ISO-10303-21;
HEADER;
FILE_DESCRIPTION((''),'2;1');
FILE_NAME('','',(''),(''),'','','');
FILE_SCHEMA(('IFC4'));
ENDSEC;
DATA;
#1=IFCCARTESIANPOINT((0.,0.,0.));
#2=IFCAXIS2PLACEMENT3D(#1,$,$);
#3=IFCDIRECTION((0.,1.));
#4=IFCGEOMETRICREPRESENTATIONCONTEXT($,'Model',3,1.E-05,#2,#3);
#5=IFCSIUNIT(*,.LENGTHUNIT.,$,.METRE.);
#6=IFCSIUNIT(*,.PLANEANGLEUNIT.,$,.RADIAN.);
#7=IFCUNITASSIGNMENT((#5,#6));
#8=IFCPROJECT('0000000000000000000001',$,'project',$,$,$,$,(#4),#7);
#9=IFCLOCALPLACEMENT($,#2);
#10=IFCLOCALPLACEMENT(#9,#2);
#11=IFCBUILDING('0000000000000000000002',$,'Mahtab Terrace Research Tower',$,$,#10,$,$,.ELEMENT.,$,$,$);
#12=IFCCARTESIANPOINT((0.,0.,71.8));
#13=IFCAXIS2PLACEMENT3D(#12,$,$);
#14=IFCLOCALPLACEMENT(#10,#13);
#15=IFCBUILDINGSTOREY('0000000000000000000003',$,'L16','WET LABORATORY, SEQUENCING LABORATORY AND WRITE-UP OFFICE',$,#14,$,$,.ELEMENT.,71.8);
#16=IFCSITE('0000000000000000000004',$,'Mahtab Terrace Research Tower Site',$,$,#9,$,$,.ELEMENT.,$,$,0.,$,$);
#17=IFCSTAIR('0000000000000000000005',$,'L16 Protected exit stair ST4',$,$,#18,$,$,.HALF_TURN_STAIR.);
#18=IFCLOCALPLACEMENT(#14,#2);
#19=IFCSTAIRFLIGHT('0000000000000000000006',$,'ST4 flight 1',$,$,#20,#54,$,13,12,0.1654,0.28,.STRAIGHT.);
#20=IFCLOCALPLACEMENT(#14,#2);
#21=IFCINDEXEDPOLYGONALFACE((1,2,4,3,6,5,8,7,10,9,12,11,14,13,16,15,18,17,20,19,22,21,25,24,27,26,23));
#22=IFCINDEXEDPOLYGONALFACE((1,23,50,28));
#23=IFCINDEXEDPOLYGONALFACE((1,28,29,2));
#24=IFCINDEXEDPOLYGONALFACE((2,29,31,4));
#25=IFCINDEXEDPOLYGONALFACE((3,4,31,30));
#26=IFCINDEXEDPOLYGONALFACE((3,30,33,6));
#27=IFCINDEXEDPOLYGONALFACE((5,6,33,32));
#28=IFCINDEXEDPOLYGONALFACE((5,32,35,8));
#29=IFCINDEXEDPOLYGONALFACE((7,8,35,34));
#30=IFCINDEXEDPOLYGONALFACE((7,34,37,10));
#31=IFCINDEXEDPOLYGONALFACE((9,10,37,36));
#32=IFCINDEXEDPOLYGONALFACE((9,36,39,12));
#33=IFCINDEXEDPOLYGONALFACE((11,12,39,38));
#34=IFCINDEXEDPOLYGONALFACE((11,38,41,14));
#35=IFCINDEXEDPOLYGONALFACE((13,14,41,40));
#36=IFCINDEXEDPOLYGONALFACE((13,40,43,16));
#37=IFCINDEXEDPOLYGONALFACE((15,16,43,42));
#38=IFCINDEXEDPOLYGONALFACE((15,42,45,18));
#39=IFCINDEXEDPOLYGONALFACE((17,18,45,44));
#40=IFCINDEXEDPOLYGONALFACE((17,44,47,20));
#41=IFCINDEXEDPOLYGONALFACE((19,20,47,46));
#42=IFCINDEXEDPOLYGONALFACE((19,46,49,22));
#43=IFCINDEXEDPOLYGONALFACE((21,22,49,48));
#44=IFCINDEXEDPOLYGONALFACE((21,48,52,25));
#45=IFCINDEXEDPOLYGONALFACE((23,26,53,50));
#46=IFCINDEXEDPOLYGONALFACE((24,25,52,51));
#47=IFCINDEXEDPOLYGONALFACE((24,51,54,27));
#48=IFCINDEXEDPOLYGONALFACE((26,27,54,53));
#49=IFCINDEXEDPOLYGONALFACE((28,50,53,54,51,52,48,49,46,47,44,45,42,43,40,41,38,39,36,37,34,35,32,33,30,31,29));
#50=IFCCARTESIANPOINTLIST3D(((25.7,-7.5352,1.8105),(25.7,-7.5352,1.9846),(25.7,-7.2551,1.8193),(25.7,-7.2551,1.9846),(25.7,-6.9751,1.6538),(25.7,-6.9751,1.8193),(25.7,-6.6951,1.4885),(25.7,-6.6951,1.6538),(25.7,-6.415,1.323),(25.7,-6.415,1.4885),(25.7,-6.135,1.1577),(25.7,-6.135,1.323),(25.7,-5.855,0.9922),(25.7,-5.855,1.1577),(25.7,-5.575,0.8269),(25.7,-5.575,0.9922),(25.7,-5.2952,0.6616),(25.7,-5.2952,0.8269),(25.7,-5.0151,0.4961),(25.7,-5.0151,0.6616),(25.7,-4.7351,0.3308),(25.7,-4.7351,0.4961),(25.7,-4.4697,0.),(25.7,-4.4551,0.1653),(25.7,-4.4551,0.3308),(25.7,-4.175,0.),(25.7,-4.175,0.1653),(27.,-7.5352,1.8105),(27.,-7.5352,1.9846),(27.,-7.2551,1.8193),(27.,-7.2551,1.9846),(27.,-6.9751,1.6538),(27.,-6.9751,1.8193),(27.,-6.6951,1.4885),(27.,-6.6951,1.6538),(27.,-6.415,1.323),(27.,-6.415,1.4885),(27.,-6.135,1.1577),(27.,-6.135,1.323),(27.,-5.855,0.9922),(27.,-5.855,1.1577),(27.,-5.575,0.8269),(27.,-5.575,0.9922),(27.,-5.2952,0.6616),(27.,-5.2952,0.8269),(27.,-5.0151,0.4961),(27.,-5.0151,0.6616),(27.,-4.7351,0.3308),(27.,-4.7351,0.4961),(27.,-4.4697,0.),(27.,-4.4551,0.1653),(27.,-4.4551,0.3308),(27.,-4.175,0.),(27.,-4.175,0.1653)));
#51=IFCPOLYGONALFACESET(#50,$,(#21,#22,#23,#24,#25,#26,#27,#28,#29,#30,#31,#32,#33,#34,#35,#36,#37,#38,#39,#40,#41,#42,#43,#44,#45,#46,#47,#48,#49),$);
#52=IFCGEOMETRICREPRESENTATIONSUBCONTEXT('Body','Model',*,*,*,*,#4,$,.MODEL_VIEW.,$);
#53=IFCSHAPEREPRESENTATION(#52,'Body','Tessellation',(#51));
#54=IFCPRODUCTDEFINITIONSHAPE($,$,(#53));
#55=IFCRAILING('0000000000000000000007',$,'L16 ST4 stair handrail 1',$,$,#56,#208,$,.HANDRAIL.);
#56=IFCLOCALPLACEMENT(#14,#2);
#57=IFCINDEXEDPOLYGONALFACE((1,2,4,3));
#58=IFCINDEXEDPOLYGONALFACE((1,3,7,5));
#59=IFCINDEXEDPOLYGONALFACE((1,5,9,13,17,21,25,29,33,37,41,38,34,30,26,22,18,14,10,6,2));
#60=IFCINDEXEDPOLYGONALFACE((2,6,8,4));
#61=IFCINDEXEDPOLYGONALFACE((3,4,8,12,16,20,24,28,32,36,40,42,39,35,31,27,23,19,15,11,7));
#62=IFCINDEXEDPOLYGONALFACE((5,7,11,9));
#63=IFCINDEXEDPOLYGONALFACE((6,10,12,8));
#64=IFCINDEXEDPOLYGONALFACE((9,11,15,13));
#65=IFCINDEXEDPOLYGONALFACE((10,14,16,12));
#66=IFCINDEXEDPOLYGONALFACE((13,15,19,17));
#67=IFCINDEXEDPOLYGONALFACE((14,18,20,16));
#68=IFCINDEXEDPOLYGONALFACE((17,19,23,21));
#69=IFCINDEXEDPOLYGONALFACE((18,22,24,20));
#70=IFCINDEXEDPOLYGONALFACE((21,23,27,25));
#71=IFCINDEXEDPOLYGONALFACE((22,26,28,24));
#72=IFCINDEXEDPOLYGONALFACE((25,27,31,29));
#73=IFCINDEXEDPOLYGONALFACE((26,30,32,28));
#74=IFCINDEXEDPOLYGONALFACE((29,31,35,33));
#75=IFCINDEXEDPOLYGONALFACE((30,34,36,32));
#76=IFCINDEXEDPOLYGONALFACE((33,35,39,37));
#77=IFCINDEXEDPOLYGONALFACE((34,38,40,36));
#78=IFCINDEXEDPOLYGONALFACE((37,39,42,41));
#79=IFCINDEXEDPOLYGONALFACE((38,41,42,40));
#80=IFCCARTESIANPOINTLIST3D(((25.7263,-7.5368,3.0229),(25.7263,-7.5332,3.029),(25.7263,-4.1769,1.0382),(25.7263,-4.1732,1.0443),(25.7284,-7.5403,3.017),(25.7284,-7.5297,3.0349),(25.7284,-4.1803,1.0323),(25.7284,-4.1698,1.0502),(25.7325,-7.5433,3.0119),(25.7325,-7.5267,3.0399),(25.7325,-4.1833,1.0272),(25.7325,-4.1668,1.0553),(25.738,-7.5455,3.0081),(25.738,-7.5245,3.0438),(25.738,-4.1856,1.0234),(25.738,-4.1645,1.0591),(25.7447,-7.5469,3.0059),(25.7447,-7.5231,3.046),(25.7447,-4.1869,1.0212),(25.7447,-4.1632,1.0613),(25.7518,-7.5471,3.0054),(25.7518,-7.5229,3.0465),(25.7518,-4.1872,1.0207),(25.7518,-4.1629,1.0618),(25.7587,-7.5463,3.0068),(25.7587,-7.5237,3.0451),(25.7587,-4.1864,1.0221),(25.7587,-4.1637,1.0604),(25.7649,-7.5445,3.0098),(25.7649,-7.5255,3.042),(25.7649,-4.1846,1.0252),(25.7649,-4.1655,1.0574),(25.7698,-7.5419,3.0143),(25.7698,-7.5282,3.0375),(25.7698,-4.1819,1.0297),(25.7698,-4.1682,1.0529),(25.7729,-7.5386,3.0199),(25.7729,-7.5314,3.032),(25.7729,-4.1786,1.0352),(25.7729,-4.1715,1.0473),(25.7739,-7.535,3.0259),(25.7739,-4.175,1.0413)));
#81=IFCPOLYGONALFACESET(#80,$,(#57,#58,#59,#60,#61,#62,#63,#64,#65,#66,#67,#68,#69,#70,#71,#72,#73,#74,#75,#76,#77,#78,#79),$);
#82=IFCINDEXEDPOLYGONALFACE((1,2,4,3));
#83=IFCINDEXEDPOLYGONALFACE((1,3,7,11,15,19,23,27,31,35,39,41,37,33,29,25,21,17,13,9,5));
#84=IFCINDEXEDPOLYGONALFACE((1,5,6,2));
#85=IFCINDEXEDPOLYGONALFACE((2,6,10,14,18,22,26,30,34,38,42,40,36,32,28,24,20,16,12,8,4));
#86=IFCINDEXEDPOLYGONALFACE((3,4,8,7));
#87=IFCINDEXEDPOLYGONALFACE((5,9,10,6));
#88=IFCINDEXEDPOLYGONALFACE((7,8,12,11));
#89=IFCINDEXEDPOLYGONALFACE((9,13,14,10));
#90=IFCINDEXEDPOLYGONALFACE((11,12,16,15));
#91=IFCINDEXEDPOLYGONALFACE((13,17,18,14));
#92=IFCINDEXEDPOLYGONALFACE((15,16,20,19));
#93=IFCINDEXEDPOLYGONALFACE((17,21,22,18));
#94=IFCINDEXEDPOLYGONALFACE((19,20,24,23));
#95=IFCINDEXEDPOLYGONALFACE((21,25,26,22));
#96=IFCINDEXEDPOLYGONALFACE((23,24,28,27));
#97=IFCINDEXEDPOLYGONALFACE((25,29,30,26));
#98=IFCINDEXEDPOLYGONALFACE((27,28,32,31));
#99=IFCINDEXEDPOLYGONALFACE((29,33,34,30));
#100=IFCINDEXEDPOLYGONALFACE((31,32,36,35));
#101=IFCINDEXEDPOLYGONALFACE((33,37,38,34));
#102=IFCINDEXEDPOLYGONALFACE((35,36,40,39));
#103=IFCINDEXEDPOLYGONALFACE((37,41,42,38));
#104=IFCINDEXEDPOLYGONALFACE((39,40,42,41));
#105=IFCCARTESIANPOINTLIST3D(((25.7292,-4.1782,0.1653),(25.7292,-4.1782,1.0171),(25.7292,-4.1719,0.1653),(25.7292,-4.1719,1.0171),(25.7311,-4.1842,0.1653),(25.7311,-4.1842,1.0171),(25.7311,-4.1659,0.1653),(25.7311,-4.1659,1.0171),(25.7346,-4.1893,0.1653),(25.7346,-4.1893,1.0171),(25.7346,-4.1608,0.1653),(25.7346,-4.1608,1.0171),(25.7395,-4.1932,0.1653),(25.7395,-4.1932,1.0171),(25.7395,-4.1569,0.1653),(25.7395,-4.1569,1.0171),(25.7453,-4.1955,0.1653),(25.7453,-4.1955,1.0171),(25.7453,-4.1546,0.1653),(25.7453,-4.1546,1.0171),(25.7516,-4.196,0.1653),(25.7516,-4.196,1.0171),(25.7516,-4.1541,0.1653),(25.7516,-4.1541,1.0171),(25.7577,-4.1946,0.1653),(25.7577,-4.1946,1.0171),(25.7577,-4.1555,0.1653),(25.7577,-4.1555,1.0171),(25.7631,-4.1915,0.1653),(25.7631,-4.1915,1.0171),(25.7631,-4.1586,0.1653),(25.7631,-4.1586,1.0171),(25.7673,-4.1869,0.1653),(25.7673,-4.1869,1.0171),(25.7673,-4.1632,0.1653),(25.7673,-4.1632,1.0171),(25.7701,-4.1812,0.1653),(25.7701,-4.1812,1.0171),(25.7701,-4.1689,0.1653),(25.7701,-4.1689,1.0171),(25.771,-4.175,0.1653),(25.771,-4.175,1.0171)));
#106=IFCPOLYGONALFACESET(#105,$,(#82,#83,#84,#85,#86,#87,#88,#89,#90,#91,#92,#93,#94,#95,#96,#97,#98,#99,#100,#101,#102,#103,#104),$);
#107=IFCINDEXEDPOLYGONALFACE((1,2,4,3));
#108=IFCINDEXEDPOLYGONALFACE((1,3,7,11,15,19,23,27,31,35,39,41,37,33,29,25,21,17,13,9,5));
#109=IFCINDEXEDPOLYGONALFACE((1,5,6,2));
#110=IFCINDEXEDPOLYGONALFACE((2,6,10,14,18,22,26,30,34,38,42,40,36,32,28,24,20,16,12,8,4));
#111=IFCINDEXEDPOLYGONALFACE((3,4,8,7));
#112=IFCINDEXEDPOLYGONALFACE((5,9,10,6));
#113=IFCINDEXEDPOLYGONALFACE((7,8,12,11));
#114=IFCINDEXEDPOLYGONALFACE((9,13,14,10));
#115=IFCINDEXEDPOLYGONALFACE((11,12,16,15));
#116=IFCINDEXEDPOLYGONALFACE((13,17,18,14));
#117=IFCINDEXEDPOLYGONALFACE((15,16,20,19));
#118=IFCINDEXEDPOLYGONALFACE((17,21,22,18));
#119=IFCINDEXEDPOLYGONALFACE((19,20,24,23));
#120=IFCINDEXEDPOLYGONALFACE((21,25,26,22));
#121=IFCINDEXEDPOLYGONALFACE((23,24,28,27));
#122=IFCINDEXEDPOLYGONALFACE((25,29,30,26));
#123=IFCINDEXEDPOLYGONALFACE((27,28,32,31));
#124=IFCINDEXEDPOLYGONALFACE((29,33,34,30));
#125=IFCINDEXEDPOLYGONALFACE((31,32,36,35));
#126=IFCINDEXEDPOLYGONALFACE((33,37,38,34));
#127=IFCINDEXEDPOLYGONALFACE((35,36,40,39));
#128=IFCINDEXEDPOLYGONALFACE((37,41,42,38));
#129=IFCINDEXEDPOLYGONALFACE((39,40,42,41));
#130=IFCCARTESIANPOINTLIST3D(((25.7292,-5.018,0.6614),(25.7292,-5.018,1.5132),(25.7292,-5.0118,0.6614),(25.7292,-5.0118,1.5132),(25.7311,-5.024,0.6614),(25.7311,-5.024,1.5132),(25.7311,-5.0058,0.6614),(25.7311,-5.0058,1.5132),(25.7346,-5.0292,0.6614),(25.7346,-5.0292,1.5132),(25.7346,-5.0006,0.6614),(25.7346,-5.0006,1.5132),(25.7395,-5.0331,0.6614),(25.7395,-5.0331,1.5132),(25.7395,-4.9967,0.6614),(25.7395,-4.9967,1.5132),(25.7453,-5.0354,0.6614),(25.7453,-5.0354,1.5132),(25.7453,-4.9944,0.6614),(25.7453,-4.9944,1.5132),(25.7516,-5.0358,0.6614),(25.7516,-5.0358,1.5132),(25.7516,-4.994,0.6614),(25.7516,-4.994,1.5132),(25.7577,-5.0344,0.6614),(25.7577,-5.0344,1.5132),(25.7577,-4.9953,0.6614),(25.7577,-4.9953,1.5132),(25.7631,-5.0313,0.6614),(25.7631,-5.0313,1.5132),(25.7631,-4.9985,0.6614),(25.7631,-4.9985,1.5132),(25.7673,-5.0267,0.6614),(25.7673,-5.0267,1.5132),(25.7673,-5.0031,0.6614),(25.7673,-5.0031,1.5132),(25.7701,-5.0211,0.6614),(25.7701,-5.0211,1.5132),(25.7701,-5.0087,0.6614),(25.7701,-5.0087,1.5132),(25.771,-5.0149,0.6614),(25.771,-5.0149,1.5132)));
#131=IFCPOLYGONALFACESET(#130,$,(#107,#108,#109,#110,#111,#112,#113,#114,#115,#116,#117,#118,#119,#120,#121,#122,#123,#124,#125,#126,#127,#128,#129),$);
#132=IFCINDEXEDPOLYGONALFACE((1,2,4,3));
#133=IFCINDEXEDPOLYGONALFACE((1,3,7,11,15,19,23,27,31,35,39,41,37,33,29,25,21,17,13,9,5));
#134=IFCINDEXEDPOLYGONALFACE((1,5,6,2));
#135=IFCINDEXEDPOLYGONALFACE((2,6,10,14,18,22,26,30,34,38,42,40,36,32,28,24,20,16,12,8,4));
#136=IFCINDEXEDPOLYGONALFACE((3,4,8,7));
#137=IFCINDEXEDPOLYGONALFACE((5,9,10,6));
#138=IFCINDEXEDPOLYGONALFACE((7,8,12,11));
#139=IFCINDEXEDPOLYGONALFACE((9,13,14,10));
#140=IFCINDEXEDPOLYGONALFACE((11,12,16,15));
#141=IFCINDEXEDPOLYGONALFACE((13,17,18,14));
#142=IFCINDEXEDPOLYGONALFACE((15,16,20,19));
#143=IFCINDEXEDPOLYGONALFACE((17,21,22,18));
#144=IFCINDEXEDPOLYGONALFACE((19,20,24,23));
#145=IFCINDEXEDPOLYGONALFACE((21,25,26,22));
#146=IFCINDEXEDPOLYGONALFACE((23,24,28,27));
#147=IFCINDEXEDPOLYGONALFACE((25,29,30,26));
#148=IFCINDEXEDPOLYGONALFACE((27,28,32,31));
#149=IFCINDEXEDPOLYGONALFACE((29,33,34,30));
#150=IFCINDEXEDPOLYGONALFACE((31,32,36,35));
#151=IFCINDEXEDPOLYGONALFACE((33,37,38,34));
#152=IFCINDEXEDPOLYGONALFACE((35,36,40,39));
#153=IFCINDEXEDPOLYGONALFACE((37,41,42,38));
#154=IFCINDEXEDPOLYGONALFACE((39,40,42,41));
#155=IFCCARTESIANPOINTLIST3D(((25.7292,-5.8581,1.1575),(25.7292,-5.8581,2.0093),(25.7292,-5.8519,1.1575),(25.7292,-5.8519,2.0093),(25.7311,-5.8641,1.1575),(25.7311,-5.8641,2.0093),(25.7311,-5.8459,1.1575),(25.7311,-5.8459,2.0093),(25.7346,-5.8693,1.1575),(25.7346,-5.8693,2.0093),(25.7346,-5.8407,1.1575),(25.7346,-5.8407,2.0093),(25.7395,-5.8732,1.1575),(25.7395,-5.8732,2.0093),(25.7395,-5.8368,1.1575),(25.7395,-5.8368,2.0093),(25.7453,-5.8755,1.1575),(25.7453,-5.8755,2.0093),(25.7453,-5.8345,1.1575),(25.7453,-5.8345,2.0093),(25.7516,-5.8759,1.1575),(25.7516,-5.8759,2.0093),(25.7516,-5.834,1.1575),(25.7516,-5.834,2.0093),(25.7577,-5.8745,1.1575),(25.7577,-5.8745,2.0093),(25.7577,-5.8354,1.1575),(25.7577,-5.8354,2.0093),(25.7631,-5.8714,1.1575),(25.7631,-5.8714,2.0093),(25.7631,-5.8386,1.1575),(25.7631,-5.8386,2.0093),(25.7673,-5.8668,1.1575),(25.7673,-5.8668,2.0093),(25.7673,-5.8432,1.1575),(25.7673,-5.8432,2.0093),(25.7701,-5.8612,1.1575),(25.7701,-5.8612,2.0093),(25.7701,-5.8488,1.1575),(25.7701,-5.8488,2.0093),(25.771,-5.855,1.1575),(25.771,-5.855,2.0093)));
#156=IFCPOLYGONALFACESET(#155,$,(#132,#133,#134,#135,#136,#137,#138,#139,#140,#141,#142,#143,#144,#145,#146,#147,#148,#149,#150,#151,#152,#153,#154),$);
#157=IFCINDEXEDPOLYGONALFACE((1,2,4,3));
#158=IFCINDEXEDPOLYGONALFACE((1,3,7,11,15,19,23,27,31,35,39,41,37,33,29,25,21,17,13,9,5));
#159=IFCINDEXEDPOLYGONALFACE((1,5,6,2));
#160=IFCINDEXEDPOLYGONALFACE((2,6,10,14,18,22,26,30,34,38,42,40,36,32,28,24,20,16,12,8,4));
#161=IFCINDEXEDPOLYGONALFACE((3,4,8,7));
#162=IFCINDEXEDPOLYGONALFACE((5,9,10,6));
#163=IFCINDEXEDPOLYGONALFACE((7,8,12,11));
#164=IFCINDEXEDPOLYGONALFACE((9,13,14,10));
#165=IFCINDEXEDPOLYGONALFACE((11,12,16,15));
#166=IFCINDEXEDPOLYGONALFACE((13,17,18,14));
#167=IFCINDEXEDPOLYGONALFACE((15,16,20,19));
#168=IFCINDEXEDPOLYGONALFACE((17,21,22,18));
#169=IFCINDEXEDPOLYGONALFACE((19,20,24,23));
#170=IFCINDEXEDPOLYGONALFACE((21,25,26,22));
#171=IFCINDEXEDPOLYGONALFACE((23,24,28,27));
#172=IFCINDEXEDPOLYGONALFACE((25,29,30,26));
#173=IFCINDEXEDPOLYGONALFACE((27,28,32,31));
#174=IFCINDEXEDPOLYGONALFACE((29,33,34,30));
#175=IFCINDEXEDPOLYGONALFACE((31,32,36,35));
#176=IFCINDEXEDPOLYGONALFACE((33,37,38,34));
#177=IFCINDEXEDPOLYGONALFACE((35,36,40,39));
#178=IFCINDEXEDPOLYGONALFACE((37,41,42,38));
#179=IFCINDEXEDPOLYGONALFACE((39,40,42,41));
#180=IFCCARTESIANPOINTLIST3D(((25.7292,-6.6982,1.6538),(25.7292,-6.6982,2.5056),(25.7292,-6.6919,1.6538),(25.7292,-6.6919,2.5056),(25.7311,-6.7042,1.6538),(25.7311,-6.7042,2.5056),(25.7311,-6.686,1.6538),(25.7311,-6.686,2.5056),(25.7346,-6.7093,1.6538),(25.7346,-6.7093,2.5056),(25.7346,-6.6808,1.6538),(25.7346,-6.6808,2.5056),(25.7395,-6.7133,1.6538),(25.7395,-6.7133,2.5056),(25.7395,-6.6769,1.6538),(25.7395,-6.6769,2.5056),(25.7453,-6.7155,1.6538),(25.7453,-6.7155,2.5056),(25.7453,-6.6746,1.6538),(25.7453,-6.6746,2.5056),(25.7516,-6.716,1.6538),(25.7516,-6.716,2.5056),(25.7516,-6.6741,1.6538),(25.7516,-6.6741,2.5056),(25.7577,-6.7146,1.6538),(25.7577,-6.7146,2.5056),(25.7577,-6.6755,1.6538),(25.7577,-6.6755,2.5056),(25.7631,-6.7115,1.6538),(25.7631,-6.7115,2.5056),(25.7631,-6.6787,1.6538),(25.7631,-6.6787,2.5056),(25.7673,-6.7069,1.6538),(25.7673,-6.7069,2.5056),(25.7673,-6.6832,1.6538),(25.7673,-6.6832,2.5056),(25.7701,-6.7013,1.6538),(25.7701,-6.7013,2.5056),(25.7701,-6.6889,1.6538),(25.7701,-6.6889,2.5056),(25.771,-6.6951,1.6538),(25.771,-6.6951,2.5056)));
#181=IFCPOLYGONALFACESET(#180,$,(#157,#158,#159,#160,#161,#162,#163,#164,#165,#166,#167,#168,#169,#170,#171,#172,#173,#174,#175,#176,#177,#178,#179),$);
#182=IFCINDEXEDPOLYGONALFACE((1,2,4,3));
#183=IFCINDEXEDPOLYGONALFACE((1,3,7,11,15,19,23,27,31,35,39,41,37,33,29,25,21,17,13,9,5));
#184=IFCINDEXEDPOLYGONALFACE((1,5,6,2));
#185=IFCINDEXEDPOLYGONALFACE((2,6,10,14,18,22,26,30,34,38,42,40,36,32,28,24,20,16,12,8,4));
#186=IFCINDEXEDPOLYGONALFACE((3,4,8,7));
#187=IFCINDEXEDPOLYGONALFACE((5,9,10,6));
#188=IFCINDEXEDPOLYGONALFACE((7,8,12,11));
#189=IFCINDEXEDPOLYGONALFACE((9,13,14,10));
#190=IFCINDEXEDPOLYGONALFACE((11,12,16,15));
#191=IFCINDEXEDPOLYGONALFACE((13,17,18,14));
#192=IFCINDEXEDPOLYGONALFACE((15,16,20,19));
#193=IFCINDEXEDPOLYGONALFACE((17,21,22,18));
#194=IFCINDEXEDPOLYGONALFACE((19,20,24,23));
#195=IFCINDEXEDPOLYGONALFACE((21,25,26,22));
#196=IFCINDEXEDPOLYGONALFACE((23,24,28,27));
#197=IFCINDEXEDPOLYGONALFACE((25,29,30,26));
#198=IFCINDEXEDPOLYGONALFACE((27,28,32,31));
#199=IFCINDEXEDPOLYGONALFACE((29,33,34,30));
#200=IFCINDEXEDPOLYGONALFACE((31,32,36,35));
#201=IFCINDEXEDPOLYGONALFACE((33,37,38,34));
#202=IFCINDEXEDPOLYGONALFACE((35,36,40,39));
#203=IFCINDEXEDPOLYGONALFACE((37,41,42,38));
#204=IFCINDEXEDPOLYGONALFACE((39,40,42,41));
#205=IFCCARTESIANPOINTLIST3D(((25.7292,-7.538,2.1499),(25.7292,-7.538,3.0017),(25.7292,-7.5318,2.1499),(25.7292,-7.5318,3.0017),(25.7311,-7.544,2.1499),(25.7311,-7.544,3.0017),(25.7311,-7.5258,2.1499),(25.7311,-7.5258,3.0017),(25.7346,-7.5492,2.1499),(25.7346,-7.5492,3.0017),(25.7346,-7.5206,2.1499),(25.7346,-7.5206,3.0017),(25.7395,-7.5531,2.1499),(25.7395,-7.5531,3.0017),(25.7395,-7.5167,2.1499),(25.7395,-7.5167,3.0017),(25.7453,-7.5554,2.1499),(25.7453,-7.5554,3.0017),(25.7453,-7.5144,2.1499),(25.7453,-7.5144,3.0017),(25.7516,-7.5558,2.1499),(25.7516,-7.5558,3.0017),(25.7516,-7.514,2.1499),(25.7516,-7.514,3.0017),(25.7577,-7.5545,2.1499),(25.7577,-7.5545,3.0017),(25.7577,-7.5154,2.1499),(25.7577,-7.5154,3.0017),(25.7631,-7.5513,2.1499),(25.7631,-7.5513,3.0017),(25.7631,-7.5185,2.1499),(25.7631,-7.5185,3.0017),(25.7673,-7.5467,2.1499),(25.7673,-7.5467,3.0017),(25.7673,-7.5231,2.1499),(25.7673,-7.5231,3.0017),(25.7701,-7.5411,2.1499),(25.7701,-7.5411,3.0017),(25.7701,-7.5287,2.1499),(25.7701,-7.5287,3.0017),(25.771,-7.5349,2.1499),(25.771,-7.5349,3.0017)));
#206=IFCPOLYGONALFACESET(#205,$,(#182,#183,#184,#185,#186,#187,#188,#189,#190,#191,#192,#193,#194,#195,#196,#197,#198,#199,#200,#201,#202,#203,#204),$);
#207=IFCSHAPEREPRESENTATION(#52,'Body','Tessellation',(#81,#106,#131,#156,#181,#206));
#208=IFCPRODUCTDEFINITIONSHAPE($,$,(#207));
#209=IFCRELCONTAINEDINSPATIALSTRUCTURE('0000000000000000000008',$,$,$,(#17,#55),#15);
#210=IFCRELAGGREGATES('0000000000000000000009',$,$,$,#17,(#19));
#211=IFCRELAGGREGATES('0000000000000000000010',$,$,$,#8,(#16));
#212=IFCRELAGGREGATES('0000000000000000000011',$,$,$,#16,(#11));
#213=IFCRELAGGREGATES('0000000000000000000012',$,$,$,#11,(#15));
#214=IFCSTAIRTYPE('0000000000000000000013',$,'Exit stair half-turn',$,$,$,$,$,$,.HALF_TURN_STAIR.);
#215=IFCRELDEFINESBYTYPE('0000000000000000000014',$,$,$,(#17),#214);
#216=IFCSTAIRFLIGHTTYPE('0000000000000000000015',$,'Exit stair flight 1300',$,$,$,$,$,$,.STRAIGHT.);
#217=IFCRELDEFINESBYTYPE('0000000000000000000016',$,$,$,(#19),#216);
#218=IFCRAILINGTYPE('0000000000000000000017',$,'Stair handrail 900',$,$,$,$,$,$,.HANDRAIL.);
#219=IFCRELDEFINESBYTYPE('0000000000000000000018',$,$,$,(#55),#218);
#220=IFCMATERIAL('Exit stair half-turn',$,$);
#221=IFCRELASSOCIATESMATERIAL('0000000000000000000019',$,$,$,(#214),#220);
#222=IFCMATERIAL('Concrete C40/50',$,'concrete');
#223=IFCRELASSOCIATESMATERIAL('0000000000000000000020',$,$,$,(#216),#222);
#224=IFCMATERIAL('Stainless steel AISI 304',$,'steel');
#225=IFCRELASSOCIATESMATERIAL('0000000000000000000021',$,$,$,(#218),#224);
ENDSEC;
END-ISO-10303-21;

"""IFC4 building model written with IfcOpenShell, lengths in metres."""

from ifc_helpers import new_model, si_unit, direction, frame, origin, origin_2d, place, context, subcontext, project, spatial, polyline, circle, outline, extrude, material, type_object, element, aggregate, save


model = new_model("IFC4")

# Units and contexts
model_context = context("Model", 3, precision=1e-05, world=origin(), true_north=direction((0.0, 1.0)))
body_context = subcontext(model_context, "Body", "Model", "MODEL_VIEW")
ifc_project = project(units=[si_unit("LENGTHUNIT", "METRE"), si_unit("PLANEANGLEUNIT", "RADIAN")], contexts=[model_context])

# Site, building, storey
site_placement = place(None, origin())
site = spatial("IfcSite", under=ifc_project, at=site_placement, Name="Mahtab Terrace Research Tower Site", CompositionType="ELEMENT", RefElevation=0.0)
building_placement = place(site_placement, origin())
building = spatial("IfcBuilding", under=site, at=building_placement, Name="Mahtab Terrace Research Tower", CompositionType="ELEMENT")
storey_placement = place(building_placement, frame((0.0, 0.0, 71.8)))
storey = spatial("IfcBuildingStorey", under=building, at=storey_placement, Name="L16", Description="WET LABORATORY, SEQUENCING LABORATORY AND WRITE-UP OFFICE", CompositionType="ELEMENT", Elevation=71.8)

# Shared definitions
ifc_material_1 = material(Name="Stainless steel AISI 304", Category="steel")

# Stair, stair flight
ifc_material_2 = material(Name="Exit stair half-turn")
stair_type = type_object("IfcStairType", Name="Exit stair half-turn", PredefinedType="HALF_TURN_STAIR", material=ifc_material_2)
stair_placement = place(storey_placement, origin())
stair = element("IfcStair", 1, at=stair_placement, inside=storey, type_object=stair_type, Name="L16 Protected exit stair ST4", PredefinedType="HALF_TURN_STAIR")
ifc_material_3 = material(Name="Concrete C40/50", Category="concrete")
stair_flight_type = type_object("IfcStairFlightType", Name="Exit stair flight 1300", PredefinedType="STRAIGHT", material=ifc_material_3)
stair_flight_placement = place(storey_placement, frame((26.3501, -4.175, 0.0), z_axis=(0.0, 0.0, 1.0), x_axis=(0.0, -1.0, 0.0)))
stair_flight = element("IfcStairFlight", 2, at=stair_flight_placement, type_object=stair_flight_type, Name="ST4 flight 1", NumberOfRisers=13, NumberOfTreads=12, PredefinedType="STRAIGHT", RiserHeight=0.1654, TreadLength=0.28, context=body_context, shape_type="SweptSolid", body=[
    extrude(outline(polyline([(0.0, 0.0), (0.0, 0.1653), (0.28, 0.1653), (0.28, 0.3308), (0.5601, 0.3308), (0.5601, 0.4961), (0.8401, 0.4961), (0.8401, 0.6616), (1.1201, 0.6616), (1.1201, 0.8269), (1.3999, 0.8269), (1.3999, 0.9922), (1.6799, 0.9922), (1.6799, 1.1577), (1.96, 1.1577), (1.96, 1.323), (2.24, 1.323), (2.24, 1.4885), (2.52, 1.4885), (2.52, 1.6538), (2.8, 1.6538), (2.8, 1.8193), (3.0801, 1.8193), (3.0801, 1.9846), (3.3601, 1.9846), (3.3601, 2.1499), (3.3601, 1.8105), (0.2947, 0.0), (0.0, 0.0)])), frame((0.0, 0.6499, 0.0), z_axis=(0.0, -1.0, 0.0), x_axis=(1.0, 0.0, 0.0)), (0.0, 0.0, 1.0), 1.3),
])
aggregate(stair, [stair_flight])

# Railing
railing_type = type_object("IfcRailingType", Name="Stair handrail 900", PredefinedType="HANDRAIL", material=ifc_material_1)
railing_placement = place(storey_placement, frame((25.75, -4.175, 0.1653)))
element("IfcRailing", 3, at=railing_placement, inside=storey, type_object=railing_type, Name="L16 ST4 stair handrail 1", PredefinedType="HANDRAIL", context=body_context, shape_type="SweptSolid", body=[
    extrude(circle(Radius=0.0239, at=origin_2d()), frame((0.0, 0.0, 0.876), z_axis=(0.0, -0.861011, 0.508586), x_axis=(1.0, 0.0, 0.0)), (0.0, 0.0, 1.0), 3.9023),
    extrude(circle(Radius=0.021, at=origin_2d()), origin(), (0.0, 0.0, 1.0), 0.8518),
    extrude(circle(Radius=0.021, at=origin_2d()), frame((0.0, -0.8398, 0.4961)), (0.0, 0.0, 1.0), 0.8518),
    extrude(circle(Radius=0.021, at=origin_2d()), frame((0.0, -1.6799, 0.9922)), (0.0, 0.0, 1.0), 0.8518),
    extrude(circle(Radius=0.021, at=origin_2d()), frame((0.0, -2.52, 1.4885)), (0.0, 0.0, 1.0), 0.8518),
    extrude(circle(Radius=0.021, at=origin_2d()), frame((0.0, -3.3599, 1.9846)), (0.0, 0.0, 1.0), 0.8518),
])

save(model, "model.ifc")
